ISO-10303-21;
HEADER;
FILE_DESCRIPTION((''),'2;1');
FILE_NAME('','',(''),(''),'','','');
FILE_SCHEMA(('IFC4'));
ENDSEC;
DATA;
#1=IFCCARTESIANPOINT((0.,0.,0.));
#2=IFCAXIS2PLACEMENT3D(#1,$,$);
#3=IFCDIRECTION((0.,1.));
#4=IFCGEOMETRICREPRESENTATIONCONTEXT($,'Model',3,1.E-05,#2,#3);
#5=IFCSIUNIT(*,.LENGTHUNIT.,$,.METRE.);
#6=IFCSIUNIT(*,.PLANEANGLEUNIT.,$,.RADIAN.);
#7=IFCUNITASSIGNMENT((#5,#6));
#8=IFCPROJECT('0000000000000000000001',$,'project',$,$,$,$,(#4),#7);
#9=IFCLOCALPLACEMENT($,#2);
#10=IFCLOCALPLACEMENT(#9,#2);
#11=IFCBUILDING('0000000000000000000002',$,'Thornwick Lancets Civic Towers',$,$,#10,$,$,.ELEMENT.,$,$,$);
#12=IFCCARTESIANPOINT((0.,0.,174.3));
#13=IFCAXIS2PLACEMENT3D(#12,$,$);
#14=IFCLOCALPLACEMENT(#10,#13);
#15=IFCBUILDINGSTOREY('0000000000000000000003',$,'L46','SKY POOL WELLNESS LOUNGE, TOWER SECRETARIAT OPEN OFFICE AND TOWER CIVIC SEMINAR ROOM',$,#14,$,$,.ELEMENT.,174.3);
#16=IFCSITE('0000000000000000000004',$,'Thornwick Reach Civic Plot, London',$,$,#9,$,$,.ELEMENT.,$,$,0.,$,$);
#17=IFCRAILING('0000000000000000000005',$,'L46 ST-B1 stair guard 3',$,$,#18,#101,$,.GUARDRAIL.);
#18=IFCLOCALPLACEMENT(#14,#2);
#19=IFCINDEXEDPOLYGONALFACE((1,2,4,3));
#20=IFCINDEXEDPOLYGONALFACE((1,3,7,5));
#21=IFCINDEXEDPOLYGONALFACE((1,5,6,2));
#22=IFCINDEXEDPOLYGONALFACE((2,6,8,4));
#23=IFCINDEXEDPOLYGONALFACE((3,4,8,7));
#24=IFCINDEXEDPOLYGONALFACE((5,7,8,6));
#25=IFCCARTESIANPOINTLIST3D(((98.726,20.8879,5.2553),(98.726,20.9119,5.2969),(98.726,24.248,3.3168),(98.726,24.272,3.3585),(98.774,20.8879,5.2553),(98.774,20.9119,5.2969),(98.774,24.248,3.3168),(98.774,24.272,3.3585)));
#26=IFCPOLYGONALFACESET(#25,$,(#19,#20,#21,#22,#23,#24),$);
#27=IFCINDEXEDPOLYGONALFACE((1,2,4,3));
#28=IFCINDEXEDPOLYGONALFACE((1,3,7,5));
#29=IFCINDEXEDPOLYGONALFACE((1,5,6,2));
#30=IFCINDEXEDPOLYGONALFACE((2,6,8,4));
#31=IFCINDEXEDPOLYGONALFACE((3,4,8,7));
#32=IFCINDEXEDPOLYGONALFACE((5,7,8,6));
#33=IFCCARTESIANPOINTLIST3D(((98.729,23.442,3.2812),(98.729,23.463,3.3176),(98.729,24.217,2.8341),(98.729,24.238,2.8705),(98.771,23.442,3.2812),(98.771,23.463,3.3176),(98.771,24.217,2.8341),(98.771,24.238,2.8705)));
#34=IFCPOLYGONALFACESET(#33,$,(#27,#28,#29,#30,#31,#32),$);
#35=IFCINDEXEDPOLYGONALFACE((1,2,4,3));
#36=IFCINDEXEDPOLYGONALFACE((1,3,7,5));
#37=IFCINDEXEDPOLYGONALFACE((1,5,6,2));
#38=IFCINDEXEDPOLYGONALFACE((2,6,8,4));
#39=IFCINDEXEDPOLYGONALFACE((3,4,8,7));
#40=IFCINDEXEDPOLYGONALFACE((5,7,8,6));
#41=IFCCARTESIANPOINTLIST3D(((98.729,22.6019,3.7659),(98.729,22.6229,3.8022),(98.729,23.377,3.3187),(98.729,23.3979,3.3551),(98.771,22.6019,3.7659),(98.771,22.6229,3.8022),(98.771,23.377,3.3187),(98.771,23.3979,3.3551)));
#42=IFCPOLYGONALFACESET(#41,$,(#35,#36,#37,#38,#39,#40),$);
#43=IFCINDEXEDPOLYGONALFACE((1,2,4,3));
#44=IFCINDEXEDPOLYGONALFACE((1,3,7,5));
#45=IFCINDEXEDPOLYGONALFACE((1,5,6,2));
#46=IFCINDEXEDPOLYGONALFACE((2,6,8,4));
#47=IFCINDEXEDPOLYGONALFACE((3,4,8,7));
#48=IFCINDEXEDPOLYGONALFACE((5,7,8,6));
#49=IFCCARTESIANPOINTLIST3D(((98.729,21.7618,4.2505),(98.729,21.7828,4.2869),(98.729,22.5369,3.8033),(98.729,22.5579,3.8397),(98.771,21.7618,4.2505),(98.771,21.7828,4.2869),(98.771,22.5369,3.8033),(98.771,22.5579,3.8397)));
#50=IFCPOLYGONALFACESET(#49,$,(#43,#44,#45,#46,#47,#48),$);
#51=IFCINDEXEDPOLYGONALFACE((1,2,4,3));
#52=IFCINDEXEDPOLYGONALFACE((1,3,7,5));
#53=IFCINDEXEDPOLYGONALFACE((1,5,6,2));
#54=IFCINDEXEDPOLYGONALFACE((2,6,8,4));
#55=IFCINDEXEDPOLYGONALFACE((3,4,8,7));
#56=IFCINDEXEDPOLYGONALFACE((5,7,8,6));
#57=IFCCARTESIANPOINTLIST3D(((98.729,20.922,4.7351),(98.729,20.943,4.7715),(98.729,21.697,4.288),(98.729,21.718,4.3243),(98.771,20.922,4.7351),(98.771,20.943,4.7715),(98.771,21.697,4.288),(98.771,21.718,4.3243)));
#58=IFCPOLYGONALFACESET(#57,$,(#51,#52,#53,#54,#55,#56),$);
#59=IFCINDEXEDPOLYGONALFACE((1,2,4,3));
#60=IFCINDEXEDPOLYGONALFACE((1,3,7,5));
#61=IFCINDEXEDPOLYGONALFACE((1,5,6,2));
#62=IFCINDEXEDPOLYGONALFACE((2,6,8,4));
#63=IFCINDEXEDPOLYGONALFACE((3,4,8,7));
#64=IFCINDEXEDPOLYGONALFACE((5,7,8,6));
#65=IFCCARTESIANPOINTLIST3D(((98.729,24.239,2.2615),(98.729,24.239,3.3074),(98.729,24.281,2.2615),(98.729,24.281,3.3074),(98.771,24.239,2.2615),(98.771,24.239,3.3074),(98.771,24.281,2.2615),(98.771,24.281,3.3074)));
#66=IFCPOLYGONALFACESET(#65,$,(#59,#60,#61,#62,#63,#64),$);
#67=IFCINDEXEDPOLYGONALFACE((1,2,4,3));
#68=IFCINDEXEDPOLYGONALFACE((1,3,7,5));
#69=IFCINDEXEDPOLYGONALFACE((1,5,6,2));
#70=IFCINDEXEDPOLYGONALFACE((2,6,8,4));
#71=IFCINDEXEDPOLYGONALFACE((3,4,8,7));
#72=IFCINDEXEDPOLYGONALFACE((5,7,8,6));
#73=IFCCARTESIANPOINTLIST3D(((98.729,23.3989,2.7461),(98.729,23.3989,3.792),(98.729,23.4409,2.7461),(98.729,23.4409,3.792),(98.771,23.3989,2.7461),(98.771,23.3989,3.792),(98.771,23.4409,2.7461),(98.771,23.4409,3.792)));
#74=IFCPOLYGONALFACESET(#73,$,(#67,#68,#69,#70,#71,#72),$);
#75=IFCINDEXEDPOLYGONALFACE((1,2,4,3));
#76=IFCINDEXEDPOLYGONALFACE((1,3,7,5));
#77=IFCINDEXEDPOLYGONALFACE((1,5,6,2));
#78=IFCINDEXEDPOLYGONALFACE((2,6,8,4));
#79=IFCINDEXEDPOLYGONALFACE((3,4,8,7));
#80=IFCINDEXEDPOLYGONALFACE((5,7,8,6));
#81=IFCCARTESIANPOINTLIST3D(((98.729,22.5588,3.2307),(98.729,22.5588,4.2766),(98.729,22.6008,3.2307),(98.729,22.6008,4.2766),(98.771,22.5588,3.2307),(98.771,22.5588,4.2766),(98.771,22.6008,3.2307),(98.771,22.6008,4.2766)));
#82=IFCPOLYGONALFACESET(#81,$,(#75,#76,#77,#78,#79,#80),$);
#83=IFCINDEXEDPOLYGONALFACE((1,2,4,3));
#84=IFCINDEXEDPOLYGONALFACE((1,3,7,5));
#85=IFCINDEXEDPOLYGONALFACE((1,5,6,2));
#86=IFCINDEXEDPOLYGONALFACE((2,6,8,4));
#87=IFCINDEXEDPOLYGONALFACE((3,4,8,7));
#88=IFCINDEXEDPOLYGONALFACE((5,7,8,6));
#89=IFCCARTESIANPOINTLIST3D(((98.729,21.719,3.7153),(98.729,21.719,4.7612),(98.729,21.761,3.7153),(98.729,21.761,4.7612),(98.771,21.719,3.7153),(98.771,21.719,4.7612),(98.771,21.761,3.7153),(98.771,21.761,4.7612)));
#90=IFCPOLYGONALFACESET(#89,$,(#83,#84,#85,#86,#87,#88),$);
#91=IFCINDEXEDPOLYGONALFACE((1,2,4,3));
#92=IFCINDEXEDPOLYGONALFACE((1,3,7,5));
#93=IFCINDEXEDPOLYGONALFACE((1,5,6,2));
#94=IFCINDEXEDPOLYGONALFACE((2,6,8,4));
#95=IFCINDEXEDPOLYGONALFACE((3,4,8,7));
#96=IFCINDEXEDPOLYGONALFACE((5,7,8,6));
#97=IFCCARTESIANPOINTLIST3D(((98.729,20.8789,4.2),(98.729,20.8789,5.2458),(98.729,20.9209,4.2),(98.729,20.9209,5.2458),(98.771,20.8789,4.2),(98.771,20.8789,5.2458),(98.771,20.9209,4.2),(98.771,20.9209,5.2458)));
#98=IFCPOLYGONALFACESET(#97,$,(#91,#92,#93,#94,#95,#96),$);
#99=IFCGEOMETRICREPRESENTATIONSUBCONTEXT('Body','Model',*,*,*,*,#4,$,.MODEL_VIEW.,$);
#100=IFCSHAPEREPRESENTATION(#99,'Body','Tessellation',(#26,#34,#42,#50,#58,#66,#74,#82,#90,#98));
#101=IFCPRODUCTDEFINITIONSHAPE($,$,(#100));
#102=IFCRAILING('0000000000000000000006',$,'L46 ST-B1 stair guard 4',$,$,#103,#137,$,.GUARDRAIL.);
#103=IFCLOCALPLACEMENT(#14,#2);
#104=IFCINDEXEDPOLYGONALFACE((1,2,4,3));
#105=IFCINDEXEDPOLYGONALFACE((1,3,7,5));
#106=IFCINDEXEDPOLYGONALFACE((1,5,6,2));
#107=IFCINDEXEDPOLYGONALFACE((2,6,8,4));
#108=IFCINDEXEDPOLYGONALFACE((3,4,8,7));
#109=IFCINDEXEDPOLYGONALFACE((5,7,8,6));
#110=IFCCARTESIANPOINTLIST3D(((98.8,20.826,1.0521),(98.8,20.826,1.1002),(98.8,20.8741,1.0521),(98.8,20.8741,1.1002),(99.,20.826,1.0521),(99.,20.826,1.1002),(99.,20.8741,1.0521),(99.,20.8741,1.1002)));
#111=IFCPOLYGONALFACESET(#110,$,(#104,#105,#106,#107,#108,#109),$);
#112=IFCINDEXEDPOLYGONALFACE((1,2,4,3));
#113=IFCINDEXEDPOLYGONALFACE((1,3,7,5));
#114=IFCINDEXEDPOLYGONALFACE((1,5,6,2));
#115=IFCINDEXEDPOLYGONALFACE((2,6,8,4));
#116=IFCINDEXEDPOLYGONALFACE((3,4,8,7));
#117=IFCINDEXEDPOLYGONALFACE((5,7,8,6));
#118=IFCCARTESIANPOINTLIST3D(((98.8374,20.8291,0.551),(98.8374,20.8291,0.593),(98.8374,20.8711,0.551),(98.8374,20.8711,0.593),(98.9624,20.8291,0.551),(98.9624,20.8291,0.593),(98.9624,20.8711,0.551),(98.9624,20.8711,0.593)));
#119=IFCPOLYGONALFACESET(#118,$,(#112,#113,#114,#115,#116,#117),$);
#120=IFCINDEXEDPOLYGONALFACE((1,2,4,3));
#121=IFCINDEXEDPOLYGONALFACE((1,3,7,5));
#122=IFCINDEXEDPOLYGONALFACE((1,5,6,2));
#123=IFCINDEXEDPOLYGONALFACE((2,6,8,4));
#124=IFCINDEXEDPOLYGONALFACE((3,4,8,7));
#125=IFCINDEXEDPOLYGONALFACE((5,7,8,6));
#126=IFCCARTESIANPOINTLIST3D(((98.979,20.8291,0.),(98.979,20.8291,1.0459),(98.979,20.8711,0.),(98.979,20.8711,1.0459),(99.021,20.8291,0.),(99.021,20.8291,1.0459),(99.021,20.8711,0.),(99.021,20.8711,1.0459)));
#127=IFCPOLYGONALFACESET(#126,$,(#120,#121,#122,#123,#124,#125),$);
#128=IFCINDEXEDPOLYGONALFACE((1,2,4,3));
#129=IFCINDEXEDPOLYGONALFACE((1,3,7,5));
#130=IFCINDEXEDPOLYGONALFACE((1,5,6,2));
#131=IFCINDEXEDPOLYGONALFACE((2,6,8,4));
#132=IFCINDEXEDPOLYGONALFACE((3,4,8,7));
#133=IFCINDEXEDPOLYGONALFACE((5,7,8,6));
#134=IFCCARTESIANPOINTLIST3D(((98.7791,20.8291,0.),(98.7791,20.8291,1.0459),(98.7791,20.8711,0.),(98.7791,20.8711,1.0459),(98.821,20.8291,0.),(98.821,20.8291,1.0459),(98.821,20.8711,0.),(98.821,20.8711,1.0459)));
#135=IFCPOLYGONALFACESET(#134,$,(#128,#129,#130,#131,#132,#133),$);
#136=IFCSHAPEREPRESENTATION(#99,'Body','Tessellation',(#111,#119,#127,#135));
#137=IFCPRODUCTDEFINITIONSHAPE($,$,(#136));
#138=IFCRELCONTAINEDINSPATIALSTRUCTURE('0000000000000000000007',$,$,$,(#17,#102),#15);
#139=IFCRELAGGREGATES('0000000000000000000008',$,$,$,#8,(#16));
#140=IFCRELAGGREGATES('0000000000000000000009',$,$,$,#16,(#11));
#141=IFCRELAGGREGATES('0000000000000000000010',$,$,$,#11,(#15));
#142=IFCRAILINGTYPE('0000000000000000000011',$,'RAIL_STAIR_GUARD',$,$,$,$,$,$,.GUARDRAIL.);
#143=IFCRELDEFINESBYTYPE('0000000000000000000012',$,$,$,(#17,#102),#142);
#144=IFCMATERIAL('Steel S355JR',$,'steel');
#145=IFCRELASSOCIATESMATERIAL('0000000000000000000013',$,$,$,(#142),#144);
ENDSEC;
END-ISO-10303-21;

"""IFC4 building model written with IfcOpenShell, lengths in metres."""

from ifc_helpers import new_model, si_unit, direction, frame, origin, origin_2d, place, context, subcontext, project, spatial, rectangle, extrude, material, type_object, element, save


model = new_model("IFC4")

# Units and contexts
model_context = context("Model", 3, precision=1e-05, world=origin(), true_north=direction((0.0, 1.0)))
body_context = subcontext(model_context, "Body", "Model", "MODEL_VIEW")
ifc_project = project(units=[si_unit("LENGTHUNIT", "METRE"), si_unit("PLANEANGLEUNIT", "RADIAN")], contexts=[model_context])

# Site, building, storey
site_placement = place(None, origin())
site = spatial("IfcSite", under=ifc_project, at=site_placement, Name="Thornwick Reach Civic Plot, London", CompositionType="ELEMENT", RefElevation=0.0)
building_placement = place(site_placement, origin())
building = spatial("IfcBuilding", under=site, at=building_placement, Name="Thornwick Lancets Civic Towers", CompositionType="ELEMENT")
storey_placement = place(building_placement, frame((0.0, 0.0, 174.3)))
storey = spatial("IfcBuildingStorey", under=building, at=storey_placement, Name="L46", Description="SKY POOL WELLNESS LOUNGE, TOWER SECRETARIAT OPEN OFFICE AND TOWER CIVIC SEMINAR ROOM", CompositionType="ELEMENT", Elevation=174.3)

# Shared definitions
ifc_material_1 = material(Name="Steel S355JR", Category="steel")

# Railings
railing_type_1 = type_object("IfcRailingType", Name="RAIL_STAIR_GUARD", PredefinedType="GUARDRAIL", material=ifc_material_1)
railing_1_placement = place(storey_placement, frame((98.75, 24.26, 2.2615)))
element("IfcRailing", 1, at=railing_1_placement, inside=storey, type_object=railing_type_1, Name="L46 ST-B1 stair guard 3", PredefinedType="GUARDRAIL", context=body_context, shape_type="SweptSolid", body=[
    extrude(rectangle(XDim=0.0481, YDim=0.0481, at=origin_2d()), frame((0.0, 0.0, 1.0762), z_axis=(0.0, -0.866191, 0.499713), x_axis=(1.0, 0.0, 0.0)), (0.0, 0.0, 1.0), 3.8792),
    extrude(rectangle(XDim=0.042, YDim=0.042, at=origin_2d()), frame((0.0, -0.0325, 0.5908), z_axis=(0.0, -0.866191, 0.499713), x_axis=(1.0, 0.0, 0.0)), (0.0, 0.0, 1.0), 0.8948),
    extrude(rectangle(XDim=0.042, YDim=0.042, at=origin_2d()), frame((0.0, -0.8726, 1.0754), z_axis=(0.0, -0.866191, 0.499713), x_axis=(1.0, 0.0, 0.0)), (0.0, 0.0, 1.0), 0.8948),
    extrude(rectangle(XDim=0.042, YDim=0.042, at=origin_2d()), frame((0.0, -1.7126, 1.5601), z_axis=(0.0, -0.866191, 0.499713), x_axis=(1.0, 0.0, 0.0)), (0.0, 0.0, 1.0), 0.8948),
    extrude(rectangle(XDim=0.042, YDim=0.042, at=origin_2d()), frame((0.0, -2.5525, 2.0447), z_axis=(0.0, -0.866191, 0.499713), x_axis=(1.0, 0.0, 0.0)), (0.0, 0.0, 1.0), 0.8948),
    extrude(rectangle(XDim=0.042, YDim=0.042, at=origin_2d()), origin(), (0.0, 0.0, 1.0), 1.0459),
    extrude(rectangle(XDim=0.042, YDim=0.042, at=origin_2d()), frame((0.0, -0.8401, 0.4846)), (0.0, 0.0, 1.0), 1.0459),
    extrude(rectangle(XDim=0.042, YDim=0.042, at=origin_2d()), frame((0.0, -1.6802, 0.9692)), (0.0, 0.0, 1.0), 1.0459),
    extrude(rectangle(XDim=0.042, YDim=0.042, at=origin_2d()), frame((0.0, -2.52, 1.4539)), (0.0, 0.0, 1.0), 1.0459),
    extrude(rectangle(XDim=0.042, YDim=0.042, at=origin_2d()), frame((0.0, -3.3601, 1.9385)), (0.0, 0.0, 1.0), 1.0459),
])
railing_2_placement = place(storey_placement, frame((99.0, 20.8501, 0.0)))
element("IfcRailing", 2, at=railing_2_placement, inside=storey, type_object=railing_type_1, Name="L46 ST-B1 stair guard 4", PredefinedType="GUARDRAIL", context=body_context, shape_type="SweptSolid", body=[
    extrude(rectangle(XDim=0.0481, YDim=0.0481, at=origin_2d()), frame((0.0, 0.0, 1.0762), z_axis=(-1.0, 0.0, 0.0), x_axis=(0.0, -1.0, 0.0)), (0.0, 0.0, 1.0), 0.2),
    extrude(rectangle(XDim=0.042, YDim=0.042, at=origin_2d()), frame((-0.0376, 0.0, 0.572), z_axis=(-1.0, 0.0, 0.0), x_axis=(0.0, -1.0, 0.0)), (0.0, 0.0, 1.0), 0.125),
    extrude(rectangle(XDim=0.042, YDim=0.042, at=origin_2d()), origin(), (0.0, 0.0, 1.0), 1.0459),
    extrude(rectangle(XDim=0.042, YDim=0.042, at=origin_2d()), frame((-0.2, 0.0, 0.0)), (0.0, 0.0, 1.0), 1.0459),
])

save(model, "model.ifc")
